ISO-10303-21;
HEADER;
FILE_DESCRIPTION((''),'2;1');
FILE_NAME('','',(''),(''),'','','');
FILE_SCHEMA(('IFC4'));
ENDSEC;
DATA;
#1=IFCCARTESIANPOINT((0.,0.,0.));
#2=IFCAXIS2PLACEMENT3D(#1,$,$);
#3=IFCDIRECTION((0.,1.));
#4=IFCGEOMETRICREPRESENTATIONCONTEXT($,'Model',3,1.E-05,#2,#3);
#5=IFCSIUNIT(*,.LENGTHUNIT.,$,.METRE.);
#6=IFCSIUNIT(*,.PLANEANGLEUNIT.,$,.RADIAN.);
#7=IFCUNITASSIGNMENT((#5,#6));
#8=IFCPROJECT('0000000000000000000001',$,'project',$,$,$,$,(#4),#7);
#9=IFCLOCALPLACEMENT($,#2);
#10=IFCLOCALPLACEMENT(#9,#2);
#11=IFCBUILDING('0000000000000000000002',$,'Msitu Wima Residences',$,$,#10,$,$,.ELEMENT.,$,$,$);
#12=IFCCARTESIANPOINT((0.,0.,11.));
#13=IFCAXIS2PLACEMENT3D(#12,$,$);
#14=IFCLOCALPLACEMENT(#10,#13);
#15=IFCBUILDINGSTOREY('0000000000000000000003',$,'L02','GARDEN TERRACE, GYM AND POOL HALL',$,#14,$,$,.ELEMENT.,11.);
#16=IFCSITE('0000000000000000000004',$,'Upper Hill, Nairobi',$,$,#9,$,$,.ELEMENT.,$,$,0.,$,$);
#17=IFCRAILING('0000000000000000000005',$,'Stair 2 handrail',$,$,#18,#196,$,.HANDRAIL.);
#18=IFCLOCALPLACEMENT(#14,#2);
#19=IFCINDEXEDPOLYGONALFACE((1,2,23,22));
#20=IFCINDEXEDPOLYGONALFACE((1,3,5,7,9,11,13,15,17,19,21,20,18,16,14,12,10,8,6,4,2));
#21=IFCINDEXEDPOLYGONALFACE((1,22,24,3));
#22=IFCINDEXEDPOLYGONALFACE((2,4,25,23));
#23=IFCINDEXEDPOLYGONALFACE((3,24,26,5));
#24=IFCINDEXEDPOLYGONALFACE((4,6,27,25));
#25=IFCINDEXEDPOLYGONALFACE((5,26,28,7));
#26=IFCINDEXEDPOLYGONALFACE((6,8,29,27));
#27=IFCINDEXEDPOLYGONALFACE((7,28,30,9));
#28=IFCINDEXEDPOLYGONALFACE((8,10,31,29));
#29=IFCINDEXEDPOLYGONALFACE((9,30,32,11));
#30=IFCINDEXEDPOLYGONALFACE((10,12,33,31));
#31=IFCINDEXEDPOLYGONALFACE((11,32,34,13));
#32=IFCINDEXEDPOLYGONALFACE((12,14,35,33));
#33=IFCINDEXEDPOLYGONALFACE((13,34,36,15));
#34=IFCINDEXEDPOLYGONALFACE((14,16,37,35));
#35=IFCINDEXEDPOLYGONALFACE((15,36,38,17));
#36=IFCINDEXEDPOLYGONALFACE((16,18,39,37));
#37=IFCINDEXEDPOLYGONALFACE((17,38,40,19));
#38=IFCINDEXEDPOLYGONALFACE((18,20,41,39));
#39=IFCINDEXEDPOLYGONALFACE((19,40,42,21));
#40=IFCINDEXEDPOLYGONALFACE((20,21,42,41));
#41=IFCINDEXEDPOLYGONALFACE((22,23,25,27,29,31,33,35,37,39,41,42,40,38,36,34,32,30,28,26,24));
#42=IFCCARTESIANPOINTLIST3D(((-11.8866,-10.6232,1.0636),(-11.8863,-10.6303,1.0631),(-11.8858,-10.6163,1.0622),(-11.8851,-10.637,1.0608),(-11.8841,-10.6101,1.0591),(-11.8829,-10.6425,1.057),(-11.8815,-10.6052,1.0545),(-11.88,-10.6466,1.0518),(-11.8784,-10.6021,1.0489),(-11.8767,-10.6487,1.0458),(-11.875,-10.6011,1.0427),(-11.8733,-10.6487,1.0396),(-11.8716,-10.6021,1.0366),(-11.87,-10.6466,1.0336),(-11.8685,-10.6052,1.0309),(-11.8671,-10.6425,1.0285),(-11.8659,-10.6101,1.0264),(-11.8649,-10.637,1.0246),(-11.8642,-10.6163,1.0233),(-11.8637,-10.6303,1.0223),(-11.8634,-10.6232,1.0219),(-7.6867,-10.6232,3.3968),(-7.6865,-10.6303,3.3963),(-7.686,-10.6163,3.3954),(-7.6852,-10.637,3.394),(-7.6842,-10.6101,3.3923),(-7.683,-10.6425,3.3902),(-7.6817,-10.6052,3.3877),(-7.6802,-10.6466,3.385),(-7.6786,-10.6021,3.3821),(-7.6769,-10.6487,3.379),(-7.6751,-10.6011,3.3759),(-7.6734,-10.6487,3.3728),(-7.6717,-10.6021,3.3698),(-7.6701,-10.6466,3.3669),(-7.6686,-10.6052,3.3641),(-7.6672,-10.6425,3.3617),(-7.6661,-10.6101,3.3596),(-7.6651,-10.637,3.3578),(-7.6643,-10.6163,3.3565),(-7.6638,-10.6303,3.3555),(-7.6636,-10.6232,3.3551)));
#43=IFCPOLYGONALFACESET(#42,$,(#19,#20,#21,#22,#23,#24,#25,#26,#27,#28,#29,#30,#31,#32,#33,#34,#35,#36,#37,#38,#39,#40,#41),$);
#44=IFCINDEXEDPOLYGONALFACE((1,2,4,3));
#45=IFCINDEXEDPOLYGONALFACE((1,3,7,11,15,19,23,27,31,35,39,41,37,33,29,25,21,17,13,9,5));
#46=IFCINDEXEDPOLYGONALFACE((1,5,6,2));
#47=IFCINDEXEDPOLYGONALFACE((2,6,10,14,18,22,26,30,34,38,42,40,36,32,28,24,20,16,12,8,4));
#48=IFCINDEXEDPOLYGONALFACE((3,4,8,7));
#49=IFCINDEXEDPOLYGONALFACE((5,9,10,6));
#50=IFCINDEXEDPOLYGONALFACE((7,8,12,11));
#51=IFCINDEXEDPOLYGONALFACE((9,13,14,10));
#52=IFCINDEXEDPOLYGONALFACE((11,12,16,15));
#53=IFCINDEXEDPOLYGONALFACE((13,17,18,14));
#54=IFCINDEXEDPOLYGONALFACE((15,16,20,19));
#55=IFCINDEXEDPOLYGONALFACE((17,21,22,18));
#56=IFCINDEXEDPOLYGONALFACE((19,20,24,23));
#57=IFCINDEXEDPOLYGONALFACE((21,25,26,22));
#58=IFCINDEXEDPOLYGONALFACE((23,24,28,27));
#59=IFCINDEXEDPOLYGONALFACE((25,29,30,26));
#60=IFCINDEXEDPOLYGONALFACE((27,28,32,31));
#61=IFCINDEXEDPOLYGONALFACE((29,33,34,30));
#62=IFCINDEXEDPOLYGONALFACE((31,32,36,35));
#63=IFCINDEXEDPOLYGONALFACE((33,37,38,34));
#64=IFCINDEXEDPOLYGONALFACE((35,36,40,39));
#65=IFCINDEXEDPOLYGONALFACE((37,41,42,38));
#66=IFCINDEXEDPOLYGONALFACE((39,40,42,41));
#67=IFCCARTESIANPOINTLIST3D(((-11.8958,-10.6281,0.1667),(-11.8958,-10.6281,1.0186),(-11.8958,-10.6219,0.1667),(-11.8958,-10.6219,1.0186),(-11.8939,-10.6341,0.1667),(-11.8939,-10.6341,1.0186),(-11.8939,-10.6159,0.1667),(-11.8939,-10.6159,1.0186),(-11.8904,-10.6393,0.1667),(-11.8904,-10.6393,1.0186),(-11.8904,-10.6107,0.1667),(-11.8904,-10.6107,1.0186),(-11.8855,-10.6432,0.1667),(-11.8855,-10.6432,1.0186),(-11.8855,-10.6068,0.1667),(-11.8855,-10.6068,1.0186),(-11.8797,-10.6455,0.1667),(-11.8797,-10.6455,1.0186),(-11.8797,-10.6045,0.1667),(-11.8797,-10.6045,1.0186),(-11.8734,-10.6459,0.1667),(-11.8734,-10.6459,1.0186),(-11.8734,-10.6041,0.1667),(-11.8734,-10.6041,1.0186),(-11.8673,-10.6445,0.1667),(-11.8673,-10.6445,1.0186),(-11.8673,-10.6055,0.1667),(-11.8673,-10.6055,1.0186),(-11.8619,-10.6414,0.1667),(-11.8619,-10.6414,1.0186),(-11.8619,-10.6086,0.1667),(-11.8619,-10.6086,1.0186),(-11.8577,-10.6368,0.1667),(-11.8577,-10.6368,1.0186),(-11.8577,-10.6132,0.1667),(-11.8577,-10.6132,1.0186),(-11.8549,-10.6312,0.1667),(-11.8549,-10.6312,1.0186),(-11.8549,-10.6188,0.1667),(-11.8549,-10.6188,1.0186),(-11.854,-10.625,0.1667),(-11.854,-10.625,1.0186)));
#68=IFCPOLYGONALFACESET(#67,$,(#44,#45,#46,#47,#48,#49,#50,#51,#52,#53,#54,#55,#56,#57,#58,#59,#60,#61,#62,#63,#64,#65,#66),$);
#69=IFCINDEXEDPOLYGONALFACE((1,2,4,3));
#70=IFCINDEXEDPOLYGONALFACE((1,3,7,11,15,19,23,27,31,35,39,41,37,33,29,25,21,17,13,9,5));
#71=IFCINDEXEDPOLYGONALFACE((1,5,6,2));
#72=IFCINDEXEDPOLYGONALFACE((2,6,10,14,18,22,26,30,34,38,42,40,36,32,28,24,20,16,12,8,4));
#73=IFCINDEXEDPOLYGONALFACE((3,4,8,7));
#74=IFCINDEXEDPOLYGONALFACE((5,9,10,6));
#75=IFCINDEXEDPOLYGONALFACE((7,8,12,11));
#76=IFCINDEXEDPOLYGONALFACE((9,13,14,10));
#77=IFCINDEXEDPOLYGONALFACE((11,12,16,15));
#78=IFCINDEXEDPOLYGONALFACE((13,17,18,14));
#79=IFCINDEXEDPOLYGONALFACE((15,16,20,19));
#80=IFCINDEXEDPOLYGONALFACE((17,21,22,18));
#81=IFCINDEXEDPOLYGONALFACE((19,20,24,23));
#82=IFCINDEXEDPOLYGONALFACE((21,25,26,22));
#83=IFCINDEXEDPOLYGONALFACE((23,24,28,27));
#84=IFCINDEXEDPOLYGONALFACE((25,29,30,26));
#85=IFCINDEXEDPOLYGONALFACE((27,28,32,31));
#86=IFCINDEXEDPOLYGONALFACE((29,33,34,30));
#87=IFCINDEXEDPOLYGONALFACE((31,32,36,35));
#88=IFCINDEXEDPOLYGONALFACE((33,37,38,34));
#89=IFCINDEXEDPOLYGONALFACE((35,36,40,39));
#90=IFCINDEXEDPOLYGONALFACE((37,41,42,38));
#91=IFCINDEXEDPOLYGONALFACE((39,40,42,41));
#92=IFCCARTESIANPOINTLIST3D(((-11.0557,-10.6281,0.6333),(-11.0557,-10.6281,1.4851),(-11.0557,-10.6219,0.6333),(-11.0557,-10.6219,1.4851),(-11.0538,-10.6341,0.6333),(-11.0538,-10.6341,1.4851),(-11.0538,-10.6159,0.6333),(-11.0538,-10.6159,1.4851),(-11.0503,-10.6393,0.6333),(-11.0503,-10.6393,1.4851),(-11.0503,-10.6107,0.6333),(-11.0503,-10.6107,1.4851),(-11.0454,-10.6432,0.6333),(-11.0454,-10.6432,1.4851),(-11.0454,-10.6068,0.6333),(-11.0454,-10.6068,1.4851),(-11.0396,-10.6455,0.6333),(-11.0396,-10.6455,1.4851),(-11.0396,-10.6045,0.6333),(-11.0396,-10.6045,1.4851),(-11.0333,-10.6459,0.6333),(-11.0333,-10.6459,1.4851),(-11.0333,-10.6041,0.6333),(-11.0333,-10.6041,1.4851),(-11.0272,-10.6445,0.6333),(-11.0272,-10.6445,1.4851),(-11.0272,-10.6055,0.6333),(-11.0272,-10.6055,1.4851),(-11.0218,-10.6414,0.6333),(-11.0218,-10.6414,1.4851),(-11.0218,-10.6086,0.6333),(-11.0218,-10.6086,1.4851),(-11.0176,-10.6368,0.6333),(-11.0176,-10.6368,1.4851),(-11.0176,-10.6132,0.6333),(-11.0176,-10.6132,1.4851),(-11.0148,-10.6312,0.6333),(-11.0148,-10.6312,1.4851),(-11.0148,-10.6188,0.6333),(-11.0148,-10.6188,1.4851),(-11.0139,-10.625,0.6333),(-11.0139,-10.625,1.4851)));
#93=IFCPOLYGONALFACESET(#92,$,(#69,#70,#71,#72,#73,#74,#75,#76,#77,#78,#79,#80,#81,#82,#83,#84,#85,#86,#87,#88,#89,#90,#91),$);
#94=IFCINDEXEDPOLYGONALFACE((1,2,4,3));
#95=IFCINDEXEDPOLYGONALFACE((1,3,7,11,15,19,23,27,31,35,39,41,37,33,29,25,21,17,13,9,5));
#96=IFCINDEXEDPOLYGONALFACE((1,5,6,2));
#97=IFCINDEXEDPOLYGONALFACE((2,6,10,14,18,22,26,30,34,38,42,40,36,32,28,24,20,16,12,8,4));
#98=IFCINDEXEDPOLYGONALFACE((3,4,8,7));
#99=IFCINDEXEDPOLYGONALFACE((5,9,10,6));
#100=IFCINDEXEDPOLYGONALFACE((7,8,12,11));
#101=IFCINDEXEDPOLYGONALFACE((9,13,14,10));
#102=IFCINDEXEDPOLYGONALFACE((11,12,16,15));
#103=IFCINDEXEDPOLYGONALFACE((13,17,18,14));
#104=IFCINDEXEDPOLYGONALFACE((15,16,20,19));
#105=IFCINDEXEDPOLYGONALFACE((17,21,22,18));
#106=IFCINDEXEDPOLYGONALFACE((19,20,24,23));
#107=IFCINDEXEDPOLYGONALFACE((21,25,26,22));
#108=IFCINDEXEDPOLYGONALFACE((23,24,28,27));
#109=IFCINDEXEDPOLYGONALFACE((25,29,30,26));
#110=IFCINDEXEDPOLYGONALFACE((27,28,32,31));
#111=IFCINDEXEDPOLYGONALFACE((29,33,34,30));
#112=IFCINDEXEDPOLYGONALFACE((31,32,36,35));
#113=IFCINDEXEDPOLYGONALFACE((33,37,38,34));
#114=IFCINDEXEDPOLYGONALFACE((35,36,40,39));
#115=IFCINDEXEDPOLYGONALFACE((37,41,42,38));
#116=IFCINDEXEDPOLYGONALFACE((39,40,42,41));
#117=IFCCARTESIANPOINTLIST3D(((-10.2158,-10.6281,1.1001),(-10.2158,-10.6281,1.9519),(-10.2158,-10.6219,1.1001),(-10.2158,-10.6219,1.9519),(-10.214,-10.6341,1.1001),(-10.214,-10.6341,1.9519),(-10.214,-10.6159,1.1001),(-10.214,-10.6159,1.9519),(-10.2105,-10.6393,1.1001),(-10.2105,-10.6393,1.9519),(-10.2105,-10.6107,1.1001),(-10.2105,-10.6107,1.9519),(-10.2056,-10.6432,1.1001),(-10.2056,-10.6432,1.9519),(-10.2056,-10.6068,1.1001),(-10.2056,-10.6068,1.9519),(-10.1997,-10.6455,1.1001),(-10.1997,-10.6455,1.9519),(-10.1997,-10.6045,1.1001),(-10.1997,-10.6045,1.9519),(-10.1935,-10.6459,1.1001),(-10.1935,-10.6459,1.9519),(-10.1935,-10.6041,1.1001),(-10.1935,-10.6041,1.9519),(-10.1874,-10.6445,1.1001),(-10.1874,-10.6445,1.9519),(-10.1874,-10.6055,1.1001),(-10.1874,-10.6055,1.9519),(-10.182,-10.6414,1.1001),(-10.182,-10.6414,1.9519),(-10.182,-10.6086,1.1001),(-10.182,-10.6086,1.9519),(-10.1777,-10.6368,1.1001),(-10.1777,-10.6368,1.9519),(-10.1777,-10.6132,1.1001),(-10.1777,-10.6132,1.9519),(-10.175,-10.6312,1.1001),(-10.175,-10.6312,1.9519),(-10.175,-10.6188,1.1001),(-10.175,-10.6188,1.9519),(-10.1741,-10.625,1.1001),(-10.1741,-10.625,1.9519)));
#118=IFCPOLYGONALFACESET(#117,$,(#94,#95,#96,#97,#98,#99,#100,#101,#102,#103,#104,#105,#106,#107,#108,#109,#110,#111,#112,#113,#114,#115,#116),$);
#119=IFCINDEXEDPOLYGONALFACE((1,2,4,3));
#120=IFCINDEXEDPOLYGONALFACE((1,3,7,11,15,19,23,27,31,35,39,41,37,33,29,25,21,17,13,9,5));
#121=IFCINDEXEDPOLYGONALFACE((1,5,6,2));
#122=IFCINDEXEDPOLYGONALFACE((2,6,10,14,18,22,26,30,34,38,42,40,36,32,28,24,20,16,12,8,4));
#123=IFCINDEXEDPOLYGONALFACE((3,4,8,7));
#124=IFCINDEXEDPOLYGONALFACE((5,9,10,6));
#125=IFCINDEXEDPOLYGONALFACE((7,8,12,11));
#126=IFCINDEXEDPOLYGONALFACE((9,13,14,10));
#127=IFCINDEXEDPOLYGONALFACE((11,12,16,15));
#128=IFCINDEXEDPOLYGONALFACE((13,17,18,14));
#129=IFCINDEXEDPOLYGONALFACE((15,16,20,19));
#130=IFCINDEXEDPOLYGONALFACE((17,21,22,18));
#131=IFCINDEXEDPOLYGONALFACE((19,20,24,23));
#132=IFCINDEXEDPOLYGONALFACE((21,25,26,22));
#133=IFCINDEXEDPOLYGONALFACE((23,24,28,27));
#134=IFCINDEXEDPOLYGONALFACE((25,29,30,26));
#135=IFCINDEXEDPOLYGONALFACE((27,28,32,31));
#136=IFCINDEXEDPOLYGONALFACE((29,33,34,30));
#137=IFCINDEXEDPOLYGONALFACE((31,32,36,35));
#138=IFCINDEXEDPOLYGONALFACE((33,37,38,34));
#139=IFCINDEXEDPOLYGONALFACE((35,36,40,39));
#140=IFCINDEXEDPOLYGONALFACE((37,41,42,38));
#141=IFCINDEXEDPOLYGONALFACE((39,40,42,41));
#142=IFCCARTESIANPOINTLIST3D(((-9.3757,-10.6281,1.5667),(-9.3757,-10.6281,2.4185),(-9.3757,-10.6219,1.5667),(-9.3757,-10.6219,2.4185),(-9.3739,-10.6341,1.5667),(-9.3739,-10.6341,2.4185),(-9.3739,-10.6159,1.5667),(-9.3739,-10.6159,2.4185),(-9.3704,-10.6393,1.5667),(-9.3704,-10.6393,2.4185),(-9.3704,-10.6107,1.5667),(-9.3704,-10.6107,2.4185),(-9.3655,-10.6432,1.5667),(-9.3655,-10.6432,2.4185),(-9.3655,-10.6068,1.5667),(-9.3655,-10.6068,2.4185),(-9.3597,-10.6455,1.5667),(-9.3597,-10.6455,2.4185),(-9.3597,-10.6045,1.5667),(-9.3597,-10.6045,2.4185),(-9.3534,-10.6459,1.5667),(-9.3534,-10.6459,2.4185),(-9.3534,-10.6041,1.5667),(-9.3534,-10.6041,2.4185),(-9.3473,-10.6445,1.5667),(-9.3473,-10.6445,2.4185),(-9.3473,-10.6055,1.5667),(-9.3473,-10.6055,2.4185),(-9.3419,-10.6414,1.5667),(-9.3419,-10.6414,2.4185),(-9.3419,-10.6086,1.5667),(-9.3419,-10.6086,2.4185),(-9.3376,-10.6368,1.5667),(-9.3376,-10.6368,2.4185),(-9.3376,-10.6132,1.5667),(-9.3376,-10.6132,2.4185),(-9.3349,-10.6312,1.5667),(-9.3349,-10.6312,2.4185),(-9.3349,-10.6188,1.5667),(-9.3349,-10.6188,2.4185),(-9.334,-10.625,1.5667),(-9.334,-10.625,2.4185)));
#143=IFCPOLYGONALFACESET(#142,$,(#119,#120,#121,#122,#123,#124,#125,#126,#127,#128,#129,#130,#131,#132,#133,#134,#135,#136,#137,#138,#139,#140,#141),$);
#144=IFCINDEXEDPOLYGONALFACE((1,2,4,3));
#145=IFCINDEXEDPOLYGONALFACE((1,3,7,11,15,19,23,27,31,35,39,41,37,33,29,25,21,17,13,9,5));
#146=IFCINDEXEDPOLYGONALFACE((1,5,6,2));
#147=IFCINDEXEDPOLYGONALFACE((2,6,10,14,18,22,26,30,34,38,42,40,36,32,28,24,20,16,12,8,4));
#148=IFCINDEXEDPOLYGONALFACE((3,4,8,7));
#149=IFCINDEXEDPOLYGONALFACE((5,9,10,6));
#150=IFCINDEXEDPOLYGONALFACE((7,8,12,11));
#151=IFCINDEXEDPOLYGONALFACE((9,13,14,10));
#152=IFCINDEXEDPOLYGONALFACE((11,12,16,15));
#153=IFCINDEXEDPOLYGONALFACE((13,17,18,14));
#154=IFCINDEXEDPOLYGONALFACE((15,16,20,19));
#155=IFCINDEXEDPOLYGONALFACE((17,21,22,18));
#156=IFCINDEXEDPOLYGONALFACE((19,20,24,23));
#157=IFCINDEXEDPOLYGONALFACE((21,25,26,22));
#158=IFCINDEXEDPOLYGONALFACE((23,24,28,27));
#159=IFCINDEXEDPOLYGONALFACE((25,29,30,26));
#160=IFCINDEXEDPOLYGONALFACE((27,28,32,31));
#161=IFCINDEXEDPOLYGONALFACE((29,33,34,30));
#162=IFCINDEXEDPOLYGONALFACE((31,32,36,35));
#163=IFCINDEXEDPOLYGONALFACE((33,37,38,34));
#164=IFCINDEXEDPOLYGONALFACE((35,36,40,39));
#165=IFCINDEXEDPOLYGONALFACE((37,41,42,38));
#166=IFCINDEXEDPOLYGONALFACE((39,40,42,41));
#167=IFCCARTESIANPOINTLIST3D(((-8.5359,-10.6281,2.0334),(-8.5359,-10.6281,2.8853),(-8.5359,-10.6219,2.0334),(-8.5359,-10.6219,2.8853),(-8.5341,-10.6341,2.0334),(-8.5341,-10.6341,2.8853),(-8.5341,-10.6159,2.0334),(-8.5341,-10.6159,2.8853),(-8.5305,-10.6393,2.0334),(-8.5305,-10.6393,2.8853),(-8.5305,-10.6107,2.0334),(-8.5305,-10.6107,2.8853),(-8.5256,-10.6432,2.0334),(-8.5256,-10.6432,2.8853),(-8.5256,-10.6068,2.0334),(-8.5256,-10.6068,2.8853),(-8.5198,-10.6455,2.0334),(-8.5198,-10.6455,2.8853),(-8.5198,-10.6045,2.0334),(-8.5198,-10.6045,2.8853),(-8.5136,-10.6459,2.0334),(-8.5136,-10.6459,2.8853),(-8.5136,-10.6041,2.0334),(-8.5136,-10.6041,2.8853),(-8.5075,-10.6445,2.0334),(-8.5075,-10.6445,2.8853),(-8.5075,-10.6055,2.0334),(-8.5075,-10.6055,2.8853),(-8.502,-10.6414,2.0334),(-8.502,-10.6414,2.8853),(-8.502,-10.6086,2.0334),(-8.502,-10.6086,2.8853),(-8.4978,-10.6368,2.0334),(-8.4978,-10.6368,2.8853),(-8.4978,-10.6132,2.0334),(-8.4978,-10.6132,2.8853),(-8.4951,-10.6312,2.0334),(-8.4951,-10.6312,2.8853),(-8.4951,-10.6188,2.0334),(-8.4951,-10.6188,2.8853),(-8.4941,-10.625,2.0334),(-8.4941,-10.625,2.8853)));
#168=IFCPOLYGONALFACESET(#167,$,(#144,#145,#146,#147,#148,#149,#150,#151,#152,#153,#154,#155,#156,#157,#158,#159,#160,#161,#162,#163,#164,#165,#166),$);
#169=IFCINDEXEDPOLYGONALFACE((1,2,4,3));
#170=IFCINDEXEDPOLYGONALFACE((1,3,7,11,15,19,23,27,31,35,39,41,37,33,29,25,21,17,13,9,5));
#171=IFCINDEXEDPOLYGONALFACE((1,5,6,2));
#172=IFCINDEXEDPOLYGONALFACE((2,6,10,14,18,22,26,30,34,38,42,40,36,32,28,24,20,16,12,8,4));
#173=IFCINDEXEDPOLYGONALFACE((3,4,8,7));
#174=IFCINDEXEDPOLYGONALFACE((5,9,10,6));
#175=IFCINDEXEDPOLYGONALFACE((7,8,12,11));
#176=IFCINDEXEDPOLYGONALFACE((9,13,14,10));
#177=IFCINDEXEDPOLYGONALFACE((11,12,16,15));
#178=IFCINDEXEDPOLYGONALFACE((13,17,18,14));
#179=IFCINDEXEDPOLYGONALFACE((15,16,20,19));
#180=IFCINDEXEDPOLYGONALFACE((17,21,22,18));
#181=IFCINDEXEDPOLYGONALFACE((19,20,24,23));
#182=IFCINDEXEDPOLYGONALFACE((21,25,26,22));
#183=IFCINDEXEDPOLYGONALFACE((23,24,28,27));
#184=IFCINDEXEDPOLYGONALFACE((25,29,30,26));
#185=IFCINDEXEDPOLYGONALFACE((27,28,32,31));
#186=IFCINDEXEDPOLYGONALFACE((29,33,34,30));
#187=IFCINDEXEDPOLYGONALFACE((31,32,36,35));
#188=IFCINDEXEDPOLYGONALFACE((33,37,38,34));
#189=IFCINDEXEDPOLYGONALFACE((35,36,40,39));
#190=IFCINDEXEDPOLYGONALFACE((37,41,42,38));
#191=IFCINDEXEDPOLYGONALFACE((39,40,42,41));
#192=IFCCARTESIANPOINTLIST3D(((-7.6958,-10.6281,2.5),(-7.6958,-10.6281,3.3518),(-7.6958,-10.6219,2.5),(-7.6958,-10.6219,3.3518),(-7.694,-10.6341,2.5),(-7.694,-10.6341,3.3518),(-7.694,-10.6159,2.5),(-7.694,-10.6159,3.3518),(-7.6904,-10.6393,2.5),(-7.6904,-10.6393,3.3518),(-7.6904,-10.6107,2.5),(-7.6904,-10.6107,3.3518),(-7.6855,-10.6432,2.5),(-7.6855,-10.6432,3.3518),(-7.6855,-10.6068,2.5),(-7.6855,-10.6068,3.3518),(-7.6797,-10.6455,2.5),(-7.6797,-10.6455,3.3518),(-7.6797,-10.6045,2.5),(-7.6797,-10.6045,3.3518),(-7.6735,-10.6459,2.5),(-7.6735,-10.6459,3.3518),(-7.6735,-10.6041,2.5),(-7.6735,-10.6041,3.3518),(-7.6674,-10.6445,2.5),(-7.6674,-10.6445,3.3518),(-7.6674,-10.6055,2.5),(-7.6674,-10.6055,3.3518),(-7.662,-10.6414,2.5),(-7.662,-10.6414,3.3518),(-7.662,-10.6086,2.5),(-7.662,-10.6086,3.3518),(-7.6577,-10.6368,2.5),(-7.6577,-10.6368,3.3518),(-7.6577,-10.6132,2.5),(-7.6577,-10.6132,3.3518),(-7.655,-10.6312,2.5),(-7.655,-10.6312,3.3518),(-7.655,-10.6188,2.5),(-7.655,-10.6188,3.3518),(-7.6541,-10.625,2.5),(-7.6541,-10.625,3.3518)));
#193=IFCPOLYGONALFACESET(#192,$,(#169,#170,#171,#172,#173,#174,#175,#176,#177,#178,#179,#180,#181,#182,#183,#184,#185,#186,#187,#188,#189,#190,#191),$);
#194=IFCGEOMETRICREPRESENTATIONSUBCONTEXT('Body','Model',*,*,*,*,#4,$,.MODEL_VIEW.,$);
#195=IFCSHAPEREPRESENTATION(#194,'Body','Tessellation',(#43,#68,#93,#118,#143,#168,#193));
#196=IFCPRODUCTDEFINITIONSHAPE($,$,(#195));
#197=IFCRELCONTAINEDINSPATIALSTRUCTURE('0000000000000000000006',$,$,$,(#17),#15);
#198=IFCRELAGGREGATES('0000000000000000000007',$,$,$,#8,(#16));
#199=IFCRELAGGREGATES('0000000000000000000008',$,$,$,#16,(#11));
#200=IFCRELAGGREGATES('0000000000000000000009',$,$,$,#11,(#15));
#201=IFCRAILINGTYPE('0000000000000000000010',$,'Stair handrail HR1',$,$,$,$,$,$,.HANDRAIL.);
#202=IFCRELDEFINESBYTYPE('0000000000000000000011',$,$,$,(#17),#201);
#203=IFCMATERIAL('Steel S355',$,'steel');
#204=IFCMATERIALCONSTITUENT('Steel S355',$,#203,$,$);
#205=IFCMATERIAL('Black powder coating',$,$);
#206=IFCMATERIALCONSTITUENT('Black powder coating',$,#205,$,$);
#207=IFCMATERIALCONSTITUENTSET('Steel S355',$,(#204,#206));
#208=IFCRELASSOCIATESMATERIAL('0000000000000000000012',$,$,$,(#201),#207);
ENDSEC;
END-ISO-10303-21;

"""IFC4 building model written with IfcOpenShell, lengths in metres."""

from ifc_helpers import new_model, si_unit, direction, frame, origin, origin_2d, place, context, subcontext, project, spatial, circle, extrude, material, constituent, constituent_set, type_object, element, save


model = new_model("IFC4")

# Units and contexts
model_context = context("Model", 3, precision=1e-05, world=origin(), true_north=direction((0.0, 1.0)))
body_context = subcontext(model_context, "Body", "Model", "MODEL_VIEW")
ifc_project = project(units=[si_unit("LENGTHUNIT", "METRE"), si_unit("PLANEANGLEUNIT", "RADIAN")], contexts=[model_context])

# Site, building, storey
site_placement = place(None, origin())
site = spatial("IfcSite", under=ifc_project, at=site_placement, Name="Upper Hill, Nairobi", CompositionType="ELEMENT", RefElevation=0.0)
building_placement = place(site_placement, origin())
building = spatial("IfcBuilding", under=site, at=building_placement, Name="Msitu Wima Residences", CompositionType="ELEMENT")
storey_placement = place(building_placement, frame((0.0, 0.0, 11.0)))
storey = spatial("IfcBuildingStorey", under=building, at=storey_placement, Name="L02", Description="GARDEN TERRACE, GYM AND POOL HALL", CompositionType="ELEMENT", Elevation=11.0)

# Railing
ifc_material_1 = material(Name="Steel S355", Category="steel")
ifc_constituent_1 = constituent(ifc_material_1, Name="Steel S355")
ifc_material_2 = material(Name="Black powder coating")
ifc_constituent_2 = constituent(ifc_material_2, Name="Black powder coating")
ifc_constituent_set = constituent_set(constituents=[ifc_constituent_1, ifc_constituent_2], Name="Steel S355")
railing_type = type_object("IfcRailingType", Name="Stair handrail HR1", PredefinedType="HANDRAIL", material=ifc_constituent_set)
railing_placement = place(storey_placement, frame((-11.875, -10.625, 0.1667)))
element("IfcRailing", 1, at=railing_placement, inside=storey, type_object=railing_type, Name="Stair 2 handrail", PredefinedType="HANDRAIL", context=body_context, shape_type="SweptSolid", body=[
    extrude(circle(Radius=0.0239, at=origin_2d()), frame((0.0, 0.0, 0.876), z_axis=(0.874162, 0.0, 0.485634), x_axis=(0.0, 1.0, 0.0)), (0.0, 0.0, 1.0), 4.8044),
    extrude(circle(Radius=0.021, at=origin_2d()), origin(), (0.0, 0.0, 1.0), 0.8518),
    extrude(circle(Radius=0.021, at=origin_2d()), frame((0.8401, 0.0, 0.4666)), (0.0, 0.0, 1.0), 0.8518),
    extrude(circle(Radius=0.021, at=origin_2d()), frame((1.6799, 0.0, 0.9333)), (0.0, 0.0, 1.0), 0.8518),
    extrude(circle(Radius=0.021, at=origin_2d()), frame((2.52, 0.0, 1.3999)), (0.0, 0.0, 1.0), 0.8518),
    extrude(circle(Radius=0.021, at=origin_2d()), frame((3.3599, 0.0, 1.8667)), (0.0, 0.0, 1.0), 0.8518),
    extrude(circle(Radius=0.021, at=origin_2d()), frame((4.2, 0.0, 2.3333)), (0.0, 0.0, 1.0), 0.8518),
])

save(model, "model.ifc")
